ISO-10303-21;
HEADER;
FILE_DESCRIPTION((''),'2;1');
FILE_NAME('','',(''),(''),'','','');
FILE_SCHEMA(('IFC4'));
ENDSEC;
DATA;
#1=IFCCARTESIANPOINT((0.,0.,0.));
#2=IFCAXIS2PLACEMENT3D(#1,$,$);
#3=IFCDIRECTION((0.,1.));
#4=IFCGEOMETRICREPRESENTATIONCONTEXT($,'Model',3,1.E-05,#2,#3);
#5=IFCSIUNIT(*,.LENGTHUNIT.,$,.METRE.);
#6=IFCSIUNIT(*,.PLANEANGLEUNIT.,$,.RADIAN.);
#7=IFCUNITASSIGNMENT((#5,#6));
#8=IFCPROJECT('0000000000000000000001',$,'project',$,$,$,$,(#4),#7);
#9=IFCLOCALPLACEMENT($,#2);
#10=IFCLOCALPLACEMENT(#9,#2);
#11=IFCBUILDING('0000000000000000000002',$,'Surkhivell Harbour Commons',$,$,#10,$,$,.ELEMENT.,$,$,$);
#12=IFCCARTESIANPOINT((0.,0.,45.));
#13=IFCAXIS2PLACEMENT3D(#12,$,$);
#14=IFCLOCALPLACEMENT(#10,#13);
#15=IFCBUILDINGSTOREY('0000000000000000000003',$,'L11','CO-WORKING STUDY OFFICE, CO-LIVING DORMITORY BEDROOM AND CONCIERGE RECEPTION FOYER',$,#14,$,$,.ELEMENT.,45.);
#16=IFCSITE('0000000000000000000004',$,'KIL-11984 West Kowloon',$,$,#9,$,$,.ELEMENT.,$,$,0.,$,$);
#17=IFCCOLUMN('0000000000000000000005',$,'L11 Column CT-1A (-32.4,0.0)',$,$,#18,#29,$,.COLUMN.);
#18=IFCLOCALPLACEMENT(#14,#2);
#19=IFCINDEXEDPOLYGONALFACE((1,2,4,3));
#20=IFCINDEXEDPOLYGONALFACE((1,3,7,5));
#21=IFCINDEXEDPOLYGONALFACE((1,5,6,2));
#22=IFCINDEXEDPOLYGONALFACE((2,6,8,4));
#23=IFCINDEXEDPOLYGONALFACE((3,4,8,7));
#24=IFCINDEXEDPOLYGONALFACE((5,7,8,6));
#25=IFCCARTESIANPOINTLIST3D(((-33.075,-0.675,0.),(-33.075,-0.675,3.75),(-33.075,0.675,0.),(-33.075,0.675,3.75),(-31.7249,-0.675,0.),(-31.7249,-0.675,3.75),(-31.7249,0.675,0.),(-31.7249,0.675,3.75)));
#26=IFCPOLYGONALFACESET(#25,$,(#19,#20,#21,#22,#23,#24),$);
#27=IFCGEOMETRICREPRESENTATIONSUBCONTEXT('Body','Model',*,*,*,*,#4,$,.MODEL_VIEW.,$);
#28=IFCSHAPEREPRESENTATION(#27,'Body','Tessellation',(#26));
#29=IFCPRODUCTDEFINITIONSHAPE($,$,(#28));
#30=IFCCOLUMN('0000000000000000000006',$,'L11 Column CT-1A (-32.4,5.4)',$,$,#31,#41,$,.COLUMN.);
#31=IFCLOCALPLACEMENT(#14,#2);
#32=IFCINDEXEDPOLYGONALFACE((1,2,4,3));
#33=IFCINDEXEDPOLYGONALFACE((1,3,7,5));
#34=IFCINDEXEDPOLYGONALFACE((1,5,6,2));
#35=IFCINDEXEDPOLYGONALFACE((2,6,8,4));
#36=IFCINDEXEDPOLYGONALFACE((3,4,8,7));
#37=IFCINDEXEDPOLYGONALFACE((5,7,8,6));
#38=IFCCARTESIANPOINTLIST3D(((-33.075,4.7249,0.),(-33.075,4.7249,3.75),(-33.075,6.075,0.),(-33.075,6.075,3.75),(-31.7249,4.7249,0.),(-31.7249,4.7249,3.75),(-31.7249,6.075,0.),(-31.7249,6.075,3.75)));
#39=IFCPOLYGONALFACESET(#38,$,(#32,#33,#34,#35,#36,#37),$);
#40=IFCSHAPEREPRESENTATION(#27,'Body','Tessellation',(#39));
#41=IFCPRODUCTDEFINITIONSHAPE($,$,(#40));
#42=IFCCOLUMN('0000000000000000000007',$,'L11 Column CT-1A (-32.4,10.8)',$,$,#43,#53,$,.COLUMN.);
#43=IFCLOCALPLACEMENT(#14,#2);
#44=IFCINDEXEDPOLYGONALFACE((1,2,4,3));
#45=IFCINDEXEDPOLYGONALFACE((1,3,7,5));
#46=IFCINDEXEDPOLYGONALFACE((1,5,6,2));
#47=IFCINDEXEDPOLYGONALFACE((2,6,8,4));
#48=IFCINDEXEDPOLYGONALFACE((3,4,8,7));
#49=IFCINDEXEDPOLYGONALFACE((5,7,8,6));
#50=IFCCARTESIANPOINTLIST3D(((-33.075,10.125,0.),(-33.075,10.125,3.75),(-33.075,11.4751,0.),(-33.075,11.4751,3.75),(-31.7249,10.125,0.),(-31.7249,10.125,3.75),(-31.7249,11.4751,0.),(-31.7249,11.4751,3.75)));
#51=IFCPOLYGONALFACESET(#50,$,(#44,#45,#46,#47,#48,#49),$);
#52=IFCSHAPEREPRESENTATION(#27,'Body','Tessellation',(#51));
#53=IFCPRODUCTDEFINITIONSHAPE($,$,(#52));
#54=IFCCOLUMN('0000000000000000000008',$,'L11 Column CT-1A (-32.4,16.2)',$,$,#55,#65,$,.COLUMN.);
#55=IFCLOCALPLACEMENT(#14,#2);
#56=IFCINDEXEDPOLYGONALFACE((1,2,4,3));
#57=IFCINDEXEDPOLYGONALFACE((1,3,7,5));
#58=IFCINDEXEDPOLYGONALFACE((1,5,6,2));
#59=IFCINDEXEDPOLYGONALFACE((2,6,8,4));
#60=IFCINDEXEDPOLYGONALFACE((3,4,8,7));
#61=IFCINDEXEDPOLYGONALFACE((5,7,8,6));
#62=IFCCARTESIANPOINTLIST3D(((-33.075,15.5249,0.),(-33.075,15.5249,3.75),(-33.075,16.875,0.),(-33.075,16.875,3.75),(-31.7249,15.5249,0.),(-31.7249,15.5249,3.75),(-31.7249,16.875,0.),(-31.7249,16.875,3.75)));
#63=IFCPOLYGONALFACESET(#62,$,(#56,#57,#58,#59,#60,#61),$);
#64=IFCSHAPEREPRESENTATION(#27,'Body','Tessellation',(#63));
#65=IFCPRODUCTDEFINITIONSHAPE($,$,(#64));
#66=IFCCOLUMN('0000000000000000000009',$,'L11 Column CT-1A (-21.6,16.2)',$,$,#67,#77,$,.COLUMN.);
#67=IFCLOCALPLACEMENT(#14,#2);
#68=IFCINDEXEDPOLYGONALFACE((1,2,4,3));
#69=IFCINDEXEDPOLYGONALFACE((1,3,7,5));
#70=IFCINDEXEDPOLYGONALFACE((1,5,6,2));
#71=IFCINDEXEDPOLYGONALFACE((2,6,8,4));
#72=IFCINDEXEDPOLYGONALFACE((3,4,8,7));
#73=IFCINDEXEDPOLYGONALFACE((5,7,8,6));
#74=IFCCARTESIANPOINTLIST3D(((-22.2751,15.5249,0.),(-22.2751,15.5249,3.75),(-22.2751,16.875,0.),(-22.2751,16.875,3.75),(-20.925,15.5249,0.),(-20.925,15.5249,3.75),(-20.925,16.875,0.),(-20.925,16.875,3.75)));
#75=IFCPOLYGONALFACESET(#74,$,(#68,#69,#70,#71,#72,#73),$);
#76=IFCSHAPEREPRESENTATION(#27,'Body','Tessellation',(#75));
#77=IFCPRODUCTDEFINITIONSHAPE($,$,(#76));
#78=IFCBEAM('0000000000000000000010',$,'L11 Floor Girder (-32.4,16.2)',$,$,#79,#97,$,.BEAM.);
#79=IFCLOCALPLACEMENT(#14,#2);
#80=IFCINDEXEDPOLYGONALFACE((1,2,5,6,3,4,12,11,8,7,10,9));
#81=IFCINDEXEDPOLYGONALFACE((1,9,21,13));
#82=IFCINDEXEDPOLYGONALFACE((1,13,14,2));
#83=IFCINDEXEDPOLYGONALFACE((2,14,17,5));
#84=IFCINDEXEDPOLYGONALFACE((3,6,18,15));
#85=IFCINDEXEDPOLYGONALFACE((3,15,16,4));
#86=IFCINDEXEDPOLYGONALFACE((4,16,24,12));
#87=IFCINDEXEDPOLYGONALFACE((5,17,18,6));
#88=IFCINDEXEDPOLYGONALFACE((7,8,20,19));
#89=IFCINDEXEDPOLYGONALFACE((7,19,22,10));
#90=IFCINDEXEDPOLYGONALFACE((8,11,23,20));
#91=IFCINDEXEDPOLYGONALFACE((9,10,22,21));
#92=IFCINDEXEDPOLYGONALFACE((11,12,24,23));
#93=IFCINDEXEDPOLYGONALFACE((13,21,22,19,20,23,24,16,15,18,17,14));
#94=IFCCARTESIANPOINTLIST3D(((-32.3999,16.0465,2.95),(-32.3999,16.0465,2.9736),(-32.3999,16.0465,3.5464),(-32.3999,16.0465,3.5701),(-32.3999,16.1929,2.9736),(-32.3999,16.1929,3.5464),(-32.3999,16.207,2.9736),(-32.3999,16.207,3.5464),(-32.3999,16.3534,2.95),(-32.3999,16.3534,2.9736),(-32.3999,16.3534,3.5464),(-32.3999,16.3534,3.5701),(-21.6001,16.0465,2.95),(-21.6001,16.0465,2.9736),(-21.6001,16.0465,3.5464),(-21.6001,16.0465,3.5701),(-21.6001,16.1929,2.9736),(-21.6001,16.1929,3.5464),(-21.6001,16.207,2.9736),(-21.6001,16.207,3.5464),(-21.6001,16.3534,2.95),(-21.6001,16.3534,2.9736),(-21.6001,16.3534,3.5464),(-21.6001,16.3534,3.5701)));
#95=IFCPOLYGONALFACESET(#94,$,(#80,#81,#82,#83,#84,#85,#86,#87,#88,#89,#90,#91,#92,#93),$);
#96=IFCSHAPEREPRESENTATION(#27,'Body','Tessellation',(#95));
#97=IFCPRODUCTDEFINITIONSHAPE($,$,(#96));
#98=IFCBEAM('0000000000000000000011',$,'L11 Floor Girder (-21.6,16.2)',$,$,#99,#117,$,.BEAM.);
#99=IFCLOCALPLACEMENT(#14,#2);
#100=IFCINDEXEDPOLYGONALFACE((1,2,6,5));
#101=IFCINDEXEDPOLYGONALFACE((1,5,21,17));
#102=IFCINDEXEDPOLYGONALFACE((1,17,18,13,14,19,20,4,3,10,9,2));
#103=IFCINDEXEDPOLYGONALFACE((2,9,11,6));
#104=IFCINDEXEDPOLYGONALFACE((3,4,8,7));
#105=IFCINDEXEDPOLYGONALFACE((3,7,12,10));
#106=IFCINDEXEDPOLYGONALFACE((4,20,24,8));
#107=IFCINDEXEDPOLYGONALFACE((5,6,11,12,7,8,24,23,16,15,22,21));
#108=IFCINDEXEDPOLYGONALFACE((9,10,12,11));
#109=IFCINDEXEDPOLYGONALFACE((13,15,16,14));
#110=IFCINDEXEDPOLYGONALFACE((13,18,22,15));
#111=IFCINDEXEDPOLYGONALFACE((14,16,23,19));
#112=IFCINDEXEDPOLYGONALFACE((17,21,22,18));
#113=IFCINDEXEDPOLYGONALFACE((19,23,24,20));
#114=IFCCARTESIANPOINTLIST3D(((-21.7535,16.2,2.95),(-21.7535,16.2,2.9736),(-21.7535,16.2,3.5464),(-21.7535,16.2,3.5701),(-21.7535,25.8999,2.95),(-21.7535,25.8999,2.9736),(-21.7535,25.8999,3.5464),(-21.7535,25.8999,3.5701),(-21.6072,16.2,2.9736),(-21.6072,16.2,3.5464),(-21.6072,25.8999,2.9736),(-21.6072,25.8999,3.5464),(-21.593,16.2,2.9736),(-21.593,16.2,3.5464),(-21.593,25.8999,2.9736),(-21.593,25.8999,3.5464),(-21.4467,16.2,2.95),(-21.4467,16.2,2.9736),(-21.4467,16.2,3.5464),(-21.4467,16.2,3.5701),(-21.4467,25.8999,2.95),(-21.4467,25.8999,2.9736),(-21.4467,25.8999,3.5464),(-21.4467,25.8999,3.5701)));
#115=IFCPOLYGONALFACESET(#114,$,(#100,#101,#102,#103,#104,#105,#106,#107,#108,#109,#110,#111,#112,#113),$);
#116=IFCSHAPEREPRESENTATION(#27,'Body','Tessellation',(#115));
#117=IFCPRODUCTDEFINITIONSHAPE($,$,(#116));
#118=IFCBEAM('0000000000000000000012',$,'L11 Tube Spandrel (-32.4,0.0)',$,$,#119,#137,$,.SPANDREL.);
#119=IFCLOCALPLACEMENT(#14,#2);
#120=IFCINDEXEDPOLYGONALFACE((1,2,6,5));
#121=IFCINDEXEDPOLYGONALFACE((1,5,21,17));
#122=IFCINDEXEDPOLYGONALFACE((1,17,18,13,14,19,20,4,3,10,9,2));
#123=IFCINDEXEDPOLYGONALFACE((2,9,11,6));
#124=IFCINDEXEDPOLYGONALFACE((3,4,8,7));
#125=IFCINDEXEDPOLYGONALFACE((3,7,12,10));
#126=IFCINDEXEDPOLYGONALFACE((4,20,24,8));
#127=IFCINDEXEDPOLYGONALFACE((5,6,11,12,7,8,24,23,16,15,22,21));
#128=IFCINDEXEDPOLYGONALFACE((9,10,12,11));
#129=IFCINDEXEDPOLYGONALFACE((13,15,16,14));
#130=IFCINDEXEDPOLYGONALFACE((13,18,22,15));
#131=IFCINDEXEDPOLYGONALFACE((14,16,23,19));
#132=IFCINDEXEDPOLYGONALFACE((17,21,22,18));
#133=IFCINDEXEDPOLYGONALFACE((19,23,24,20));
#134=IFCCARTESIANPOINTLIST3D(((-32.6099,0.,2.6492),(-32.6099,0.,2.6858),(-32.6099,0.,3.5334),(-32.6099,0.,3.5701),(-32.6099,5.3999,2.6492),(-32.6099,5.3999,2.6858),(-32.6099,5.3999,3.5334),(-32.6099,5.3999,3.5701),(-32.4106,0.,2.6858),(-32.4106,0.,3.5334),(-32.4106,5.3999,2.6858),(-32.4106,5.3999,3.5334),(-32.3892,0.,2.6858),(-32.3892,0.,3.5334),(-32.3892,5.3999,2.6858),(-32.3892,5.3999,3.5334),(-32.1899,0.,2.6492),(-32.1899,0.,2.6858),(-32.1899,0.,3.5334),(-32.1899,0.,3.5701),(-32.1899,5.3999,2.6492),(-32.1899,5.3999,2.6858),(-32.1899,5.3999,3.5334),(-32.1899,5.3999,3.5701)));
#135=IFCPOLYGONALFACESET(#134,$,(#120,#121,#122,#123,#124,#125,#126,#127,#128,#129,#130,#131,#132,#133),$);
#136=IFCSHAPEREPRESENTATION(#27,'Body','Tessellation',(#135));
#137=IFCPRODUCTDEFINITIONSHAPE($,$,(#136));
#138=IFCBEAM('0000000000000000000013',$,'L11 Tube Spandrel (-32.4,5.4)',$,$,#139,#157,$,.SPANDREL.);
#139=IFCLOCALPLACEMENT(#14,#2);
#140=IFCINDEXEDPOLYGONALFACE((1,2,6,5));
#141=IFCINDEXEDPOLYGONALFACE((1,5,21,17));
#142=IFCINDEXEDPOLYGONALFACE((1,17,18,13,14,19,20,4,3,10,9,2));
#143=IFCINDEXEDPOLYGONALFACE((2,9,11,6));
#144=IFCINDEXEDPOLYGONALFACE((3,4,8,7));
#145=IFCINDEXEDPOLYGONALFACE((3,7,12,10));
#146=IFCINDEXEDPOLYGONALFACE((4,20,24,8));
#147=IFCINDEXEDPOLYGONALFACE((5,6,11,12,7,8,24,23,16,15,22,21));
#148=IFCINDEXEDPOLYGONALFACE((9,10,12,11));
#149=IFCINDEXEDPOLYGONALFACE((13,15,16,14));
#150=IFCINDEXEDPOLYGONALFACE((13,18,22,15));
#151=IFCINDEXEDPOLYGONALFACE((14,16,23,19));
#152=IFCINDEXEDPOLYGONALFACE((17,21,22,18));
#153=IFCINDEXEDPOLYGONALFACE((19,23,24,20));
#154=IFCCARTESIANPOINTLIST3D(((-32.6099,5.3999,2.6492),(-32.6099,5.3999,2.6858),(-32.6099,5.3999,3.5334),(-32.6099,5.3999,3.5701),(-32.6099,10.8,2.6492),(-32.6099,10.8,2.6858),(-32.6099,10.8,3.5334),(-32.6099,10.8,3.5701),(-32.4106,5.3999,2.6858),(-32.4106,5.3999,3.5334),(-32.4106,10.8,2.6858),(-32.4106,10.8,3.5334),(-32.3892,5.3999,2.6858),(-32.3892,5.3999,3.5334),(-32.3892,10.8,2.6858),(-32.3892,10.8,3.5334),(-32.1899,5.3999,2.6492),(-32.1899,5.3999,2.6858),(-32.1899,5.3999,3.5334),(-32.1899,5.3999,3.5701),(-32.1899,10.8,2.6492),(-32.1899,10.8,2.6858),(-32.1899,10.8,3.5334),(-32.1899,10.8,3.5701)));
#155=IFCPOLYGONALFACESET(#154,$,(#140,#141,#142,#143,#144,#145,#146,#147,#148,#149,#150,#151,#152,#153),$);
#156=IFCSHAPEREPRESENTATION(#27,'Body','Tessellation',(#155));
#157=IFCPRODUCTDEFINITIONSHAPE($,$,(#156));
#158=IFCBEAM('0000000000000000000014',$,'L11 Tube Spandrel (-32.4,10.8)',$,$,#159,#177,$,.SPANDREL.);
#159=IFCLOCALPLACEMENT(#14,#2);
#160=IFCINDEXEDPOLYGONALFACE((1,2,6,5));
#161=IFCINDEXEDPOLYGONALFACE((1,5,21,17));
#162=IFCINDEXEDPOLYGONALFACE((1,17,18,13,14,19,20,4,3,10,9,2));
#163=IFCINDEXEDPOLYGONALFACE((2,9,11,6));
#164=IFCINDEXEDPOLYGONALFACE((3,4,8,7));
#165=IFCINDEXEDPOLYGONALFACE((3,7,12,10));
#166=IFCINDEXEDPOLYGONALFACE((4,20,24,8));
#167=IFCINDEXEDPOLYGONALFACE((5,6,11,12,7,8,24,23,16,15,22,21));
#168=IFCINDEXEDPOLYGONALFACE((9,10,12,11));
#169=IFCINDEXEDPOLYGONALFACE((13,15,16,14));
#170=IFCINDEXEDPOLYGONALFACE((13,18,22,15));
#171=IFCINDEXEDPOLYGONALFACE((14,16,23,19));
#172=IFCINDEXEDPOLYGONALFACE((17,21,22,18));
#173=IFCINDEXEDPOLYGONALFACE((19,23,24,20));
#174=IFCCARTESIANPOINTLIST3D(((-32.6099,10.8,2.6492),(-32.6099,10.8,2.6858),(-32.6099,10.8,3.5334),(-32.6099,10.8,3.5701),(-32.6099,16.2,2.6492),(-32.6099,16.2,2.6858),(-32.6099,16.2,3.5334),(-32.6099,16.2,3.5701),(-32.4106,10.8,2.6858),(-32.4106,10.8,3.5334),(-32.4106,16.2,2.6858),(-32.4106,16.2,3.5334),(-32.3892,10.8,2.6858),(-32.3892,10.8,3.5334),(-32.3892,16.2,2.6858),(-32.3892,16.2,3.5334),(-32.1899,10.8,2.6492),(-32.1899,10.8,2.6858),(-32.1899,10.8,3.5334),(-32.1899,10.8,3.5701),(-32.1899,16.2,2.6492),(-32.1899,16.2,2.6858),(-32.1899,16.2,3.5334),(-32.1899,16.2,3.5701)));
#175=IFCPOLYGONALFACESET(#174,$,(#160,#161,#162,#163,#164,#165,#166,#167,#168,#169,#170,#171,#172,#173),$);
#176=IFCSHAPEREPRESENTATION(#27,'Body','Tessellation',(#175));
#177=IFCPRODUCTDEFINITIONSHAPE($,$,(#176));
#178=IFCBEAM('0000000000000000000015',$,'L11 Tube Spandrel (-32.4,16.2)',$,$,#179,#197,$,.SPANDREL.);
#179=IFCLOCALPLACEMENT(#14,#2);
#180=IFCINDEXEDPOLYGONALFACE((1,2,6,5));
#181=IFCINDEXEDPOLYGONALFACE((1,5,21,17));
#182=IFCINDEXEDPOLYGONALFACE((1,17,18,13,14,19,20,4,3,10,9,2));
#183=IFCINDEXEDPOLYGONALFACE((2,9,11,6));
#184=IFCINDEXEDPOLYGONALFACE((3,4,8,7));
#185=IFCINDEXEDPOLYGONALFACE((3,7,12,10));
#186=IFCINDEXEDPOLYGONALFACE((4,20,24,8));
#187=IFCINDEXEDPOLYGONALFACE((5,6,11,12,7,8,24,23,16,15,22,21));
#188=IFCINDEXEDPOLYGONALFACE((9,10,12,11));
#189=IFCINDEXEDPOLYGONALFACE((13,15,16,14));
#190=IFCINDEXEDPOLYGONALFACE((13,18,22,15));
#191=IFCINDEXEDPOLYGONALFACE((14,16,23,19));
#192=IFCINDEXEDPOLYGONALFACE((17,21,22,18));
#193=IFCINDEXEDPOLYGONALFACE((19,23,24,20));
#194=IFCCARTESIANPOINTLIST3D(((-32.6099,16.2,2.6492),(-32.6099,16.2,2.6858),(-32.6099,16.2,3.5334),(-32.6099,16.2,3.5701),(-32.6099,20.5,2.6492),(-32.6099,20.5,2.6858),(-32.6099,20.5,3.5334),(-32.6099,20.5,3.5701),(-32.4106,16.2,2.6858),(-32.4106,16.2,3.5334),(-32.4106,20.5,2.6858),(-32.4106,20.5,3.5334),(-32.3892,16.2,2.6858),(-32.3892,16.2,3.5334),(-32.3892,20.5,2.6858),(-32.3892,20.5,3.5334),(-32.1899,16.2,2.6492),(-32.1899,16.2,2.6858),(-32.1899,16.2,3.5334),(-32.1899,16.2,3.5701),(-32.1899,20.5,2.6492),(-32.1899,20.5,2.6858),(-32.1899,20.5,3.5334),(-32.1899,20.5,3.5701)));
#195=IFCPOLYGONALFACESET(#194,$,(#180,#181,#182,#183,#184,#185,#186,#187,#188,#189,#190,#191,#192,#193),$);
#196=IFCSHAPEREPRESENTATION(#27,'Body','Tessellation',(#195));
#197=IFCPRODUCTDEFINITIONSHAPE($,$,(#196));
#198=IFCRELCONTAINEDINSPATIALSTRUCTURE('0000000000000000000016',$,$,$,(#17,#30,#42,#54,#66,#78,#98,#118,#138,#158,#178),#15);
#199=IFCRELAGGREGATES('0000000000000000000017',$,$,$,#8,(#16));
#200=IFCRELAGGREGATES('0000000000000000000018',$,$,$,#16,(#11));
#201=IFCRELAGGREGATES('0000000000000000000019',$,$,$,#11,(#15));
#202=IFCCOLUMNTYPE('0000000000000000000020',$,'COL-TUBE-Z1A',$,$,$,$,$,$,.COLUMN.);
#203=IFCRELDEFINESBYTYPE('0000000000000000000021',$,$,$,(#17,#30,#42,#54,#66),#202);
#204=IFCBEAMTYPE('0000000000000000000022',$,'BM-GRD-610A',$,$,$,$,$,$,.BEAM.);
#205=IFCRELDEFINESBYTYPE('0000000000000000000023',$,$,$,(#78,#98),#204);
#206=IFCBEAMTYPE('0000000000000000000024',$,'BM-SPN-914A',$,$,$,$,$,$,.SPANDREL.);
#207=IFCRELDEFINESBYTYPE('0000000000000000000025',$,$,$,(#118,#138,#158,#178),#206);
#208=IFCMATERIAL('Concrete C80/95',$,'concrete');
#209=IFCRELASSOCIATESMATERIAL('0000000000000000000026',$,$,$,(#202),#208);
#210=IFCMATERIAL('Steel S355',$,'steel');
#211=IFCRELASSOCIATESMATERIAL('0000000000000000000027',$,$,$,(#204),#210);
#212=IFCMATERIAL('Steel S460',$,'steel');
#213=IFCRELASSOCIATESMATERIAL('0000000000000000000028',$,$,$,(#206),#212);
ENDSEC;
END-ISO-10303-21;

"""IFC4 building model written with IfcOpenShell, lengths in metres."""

from ifc_helpers import new_model, si_unit, direction, frame, origin, origin_2d, place, context, subcontext, project, spatial, rectangle, i_section, extrude, material, material_profile, profile_set, type_object, element, save


model = new_model("IFC4")

# Units and contexts
model_context = context("Model", 3, precision=1e-05, world=origin(), true_north=direction((0.0, 1.0)))
body_context = subcontext(model_context, "Body", "Model", "MODEL_VIEW")
ifc_project = project(units=[si_unit("LENGTHUNIT", "METRE"), si_unit("PLANEANGLEUNIT", "RADIAN")], contexts=[model_context])

# Site, building, storey
site_placement = place(None, origin())
site = spatial("IfcSite", under=ifc_project, at=site_placement, Name="KIL-11984 West Kowloon", CompositionType="ELEMENT", RefElevation=0.0)
building_placement = place(site_placement, origin())
building = spatial("IfcBuilding", under=site, at=building_placement, Name="Surkhivell Harbour Commons", CompositionType="ELEMENT")
storey_placement = place(building_placement, frame((0.0, 0.0, 45.0)))
storey = spatial("IfcBuildingStorey", under=building, at=storey_placement, Name="L11", Description="CO-WORKING STUDY OFFICE, CO-LIVING DORMITORY BEDROOM AND CONCIERGE RECEPTION FOYER", CompositionType="ELEMENT", Elevation=45.0)

# Columns
ifc_material_1 = material(Name="Concrete C80/95", Category="concrete")
ifc_material_profile_1 = material_profile(ifc_material_1, rectangle(XDim=1.3501, YDim=1.3501, at=origin_2d()), Name="RC-COL-1350x1350")
ifc_profile_set_1 = profile_set([ifc_material_profile_1], Name="Concrete C80/95")
column_type = type_object("IfcColumnType", Name="COL-TUBE-Z1A", PredefinedType="COLUMN", material=ifc_profile_set_1)
for number, where, z_axis, x_axis, name in (
    (1, (-32.3999, 0.0, 0.0), (0.0, 0.0, 1.0), (1.0, 0.0, 0.0), "L11 Column CT-1A (-32.4,0.0)"),
    (2, (-32.3999, 5.3999, 0.0), (0.0, 0.0, 1.0), (1.0, 0.0, 0.0), "L11 Column CT-1A (-32.4,5.4)"),
    (3, (-32.3999, 10.8, 0.0), (0.0, 0.0, 1.0), (1.0, 0.0, 0.0), "L11 Column CT-1A (-32.4,10.8)"),
    (4, (-32.3999, 16.2, 0.0), (0.0, 0.0, 1.0), (1.0, 0.0, 0.0), "L11 Column CT-1A (-32.4,16.2)"),
    (5, (-21.6001, 16.2, 0.0), (0.0, 0.0, 1.0), (1.0, 0.0, 0.0), "L11 Column CT-1A (-21.6,16.2)"),
):
    element("IfcColumn", number, at=place(storey_placement, frame(where, z_axis=z_axis, x_axis=x_axis)), inside=storey, type_object=column_type, Name=name, PredefinedType="COLUMN", context=body_context, shape_type="SweptSolid", body=[
        extrude(rectangle(XDim=1.3501, YDim=1.3501, at=origin_2d()), origin(), (0.0, 0.0, 1.0), 3.75),
    ])

# Beams
ifc_material_2 = material(Name="Steel S355", Category="steel")
ifc_material_profile_2 = material_profile(ifc_material_2, i_section(OverallWidth=0.3069, OverallDepth=0.6201, WebThickness=0.0142, FlangeThickness=0.0237, at=origin_2d()), Name="UB610x305x179")
ifc_profile_set_2 = profile_set([ifc_material_profile_2], Name="Steel S355")
beam_type_1 = type_object("IfcBeamType", Name="BM-GRD-610A", PredefinedType="BEAM", material=ifc_profile_set_2)
beam_1_placement = place(storey_placement, frame((-32.3999, 16.2, 3.26), z_axis=(1.0, 0.0, 0.0), x_axis=(0.0, 1.0, 0.0)))
element("IfcBeam", 6, at=beam_1_placement, inside=storey, type_object=beam_type_1, Name="L11 Floor Girder (-32.4,16.2)", PredefinedType="BEAM", context=body_context, shape_type="SweptSolid", body=[
    extrude(i_section(OverallWidth=0.3069, OverallDepth=0.6201, WebThickness=0.0142, FlangeThickness=0.0237, at=origin_2d()), origin(), (0.0, 0.0, 1.0), 10.7998),
])
beam_2_placement = place(storey_placement, frame((-21.6001, 16.2, 3.26), z_axis=(0.0, 1.0, 0.0), x_axis=(-1.0, 0.0, 0.0)))
element("IfcBeam", 7, at=beam_2_placement, inside=storey, type_object=beam_type_1, Name="L11 Floor Girder (-21.6,16.2)", PredefinedType="BEAM", context=body_context, shape_type="SweptSolid", body=[
    extrude(i_section(OverallWidth=0.3069, OverallDepth=0.6201, WebThickness=0.0142, FlangeThickness=0.0237, at=origin_2d()), origin(), (0.0, 0.0, 1.0), 9.7),
])
ifc_material_3 = material(Name="Steel S460", Category="steel")
ifc_material_profile_3 = material_profile(ifc_material_3, i_section(OverallWidth=0.4199, OverallDepth=0.9209, WebThickness=0.0215, FlangeThickness=0.0366, at=origin_2d()), Name="UB914x419x388")
ifc_profile_set_3 = profile_set([ifc_material_profile_3], Name="Steel S460")
beam_type_2 = type_object("IfcBeamType", Name="BM-SPN-914A", PredefinedType="SPANDREL", material=ifc_profile_set_3)
beam_3_placement = place(storey_placement, frame((-32.3999, 0.0, 3.1096), z_axis=(0.0, 1.0, 0.0), x_axis=(-1.0, 0.0, 0.0)))
element("IfcBeam", 8, at=beam_3_placement, inside=storey, type_object=beam_type_2, Name="L11 Tube Spandrel (-32.4,0.0)", PredefinedType="SPANDREL", context=body_context, shape_type="SweptSolid", body=[
    extrude(i_section(OverallWidth=0.4199, OverallDepth=0.9209, WebThickness=0.0215, FlangeThickness=0.0366, at=origin_2d()), origin(), (0.0, 0.0, 1.0), 5.3999),
])
beam_4_placement = place(storey_placement, frame((-32.3999, 5.3999, 3.1096), z_axis=(0.0, 1.0, 0.0), x_axis=(-1.0, 0.0, 0.0)))
element("IfcBeam", 9, at=beam_4_placement, inside=storey, type_object=beam_type_2, Name="L11 Tube Spandrel (-32.4,5.4)", PredefinedType="SPANDREL", context=body_context, shape_type="SweptSolid", body=[
    extrude(i_section(OverallWidth=0.4199, OverallDepth=0.9209, WebThickness=0.0215, FlangeThickness=0.0366, at=origin_2d()), origin(), (0.0, 0.0, 1.0), 5.4001),
])
beam_5_placement = place(storey_placement, frame((-32.3999, 10.8, 3.1096), z_axis=(0.0, 1.0, 0.0), x_axis=(-1.0, 0.0, 0.0)))
element("IfcBeam", 10, at=beam_5_placement, inside=storey, type_object=beam_type_2, Name="L11 Tube Spandrel (-32.4,10.8)", PredefinedType="SPANDREL", context=body_context, shape_type="SweptSolid", body=[
    extrude(i_section(OverallWidth=0.4199, OverallDepth=0.9209, WebThickness=0.0215, FlangeThickness=0.0366, at=origin_2d()), origin(), (0.0, 0.0, 1.0), 5.3999),
])
beam_6_placement = place(storey_placement, frame((-32.3999, 16.2, 3.1096), z_axis=(0.0, 1.0, 0.0), x_axis=(-1.0, 0.0, 0.0)))
element("IfcBeam", 11, at=beam_6_placement, inside=storey, type_object=beam_type_2, Name="L11 Tube Spandrel (-32.4,16.2)", PredefinedType="SPANDREL", context=body_context, shape_type="SweptSolid", body=[
    extrude(i_section(OverallWidth=0.4199, OverallDepth=0.9209, WebThickness=0.0215, FlangeThickness=0.0366, at=origin_2d()), origin(), (0.0, 0.0, 1.0), 4.3),
])

save(model, "model.ifc")
